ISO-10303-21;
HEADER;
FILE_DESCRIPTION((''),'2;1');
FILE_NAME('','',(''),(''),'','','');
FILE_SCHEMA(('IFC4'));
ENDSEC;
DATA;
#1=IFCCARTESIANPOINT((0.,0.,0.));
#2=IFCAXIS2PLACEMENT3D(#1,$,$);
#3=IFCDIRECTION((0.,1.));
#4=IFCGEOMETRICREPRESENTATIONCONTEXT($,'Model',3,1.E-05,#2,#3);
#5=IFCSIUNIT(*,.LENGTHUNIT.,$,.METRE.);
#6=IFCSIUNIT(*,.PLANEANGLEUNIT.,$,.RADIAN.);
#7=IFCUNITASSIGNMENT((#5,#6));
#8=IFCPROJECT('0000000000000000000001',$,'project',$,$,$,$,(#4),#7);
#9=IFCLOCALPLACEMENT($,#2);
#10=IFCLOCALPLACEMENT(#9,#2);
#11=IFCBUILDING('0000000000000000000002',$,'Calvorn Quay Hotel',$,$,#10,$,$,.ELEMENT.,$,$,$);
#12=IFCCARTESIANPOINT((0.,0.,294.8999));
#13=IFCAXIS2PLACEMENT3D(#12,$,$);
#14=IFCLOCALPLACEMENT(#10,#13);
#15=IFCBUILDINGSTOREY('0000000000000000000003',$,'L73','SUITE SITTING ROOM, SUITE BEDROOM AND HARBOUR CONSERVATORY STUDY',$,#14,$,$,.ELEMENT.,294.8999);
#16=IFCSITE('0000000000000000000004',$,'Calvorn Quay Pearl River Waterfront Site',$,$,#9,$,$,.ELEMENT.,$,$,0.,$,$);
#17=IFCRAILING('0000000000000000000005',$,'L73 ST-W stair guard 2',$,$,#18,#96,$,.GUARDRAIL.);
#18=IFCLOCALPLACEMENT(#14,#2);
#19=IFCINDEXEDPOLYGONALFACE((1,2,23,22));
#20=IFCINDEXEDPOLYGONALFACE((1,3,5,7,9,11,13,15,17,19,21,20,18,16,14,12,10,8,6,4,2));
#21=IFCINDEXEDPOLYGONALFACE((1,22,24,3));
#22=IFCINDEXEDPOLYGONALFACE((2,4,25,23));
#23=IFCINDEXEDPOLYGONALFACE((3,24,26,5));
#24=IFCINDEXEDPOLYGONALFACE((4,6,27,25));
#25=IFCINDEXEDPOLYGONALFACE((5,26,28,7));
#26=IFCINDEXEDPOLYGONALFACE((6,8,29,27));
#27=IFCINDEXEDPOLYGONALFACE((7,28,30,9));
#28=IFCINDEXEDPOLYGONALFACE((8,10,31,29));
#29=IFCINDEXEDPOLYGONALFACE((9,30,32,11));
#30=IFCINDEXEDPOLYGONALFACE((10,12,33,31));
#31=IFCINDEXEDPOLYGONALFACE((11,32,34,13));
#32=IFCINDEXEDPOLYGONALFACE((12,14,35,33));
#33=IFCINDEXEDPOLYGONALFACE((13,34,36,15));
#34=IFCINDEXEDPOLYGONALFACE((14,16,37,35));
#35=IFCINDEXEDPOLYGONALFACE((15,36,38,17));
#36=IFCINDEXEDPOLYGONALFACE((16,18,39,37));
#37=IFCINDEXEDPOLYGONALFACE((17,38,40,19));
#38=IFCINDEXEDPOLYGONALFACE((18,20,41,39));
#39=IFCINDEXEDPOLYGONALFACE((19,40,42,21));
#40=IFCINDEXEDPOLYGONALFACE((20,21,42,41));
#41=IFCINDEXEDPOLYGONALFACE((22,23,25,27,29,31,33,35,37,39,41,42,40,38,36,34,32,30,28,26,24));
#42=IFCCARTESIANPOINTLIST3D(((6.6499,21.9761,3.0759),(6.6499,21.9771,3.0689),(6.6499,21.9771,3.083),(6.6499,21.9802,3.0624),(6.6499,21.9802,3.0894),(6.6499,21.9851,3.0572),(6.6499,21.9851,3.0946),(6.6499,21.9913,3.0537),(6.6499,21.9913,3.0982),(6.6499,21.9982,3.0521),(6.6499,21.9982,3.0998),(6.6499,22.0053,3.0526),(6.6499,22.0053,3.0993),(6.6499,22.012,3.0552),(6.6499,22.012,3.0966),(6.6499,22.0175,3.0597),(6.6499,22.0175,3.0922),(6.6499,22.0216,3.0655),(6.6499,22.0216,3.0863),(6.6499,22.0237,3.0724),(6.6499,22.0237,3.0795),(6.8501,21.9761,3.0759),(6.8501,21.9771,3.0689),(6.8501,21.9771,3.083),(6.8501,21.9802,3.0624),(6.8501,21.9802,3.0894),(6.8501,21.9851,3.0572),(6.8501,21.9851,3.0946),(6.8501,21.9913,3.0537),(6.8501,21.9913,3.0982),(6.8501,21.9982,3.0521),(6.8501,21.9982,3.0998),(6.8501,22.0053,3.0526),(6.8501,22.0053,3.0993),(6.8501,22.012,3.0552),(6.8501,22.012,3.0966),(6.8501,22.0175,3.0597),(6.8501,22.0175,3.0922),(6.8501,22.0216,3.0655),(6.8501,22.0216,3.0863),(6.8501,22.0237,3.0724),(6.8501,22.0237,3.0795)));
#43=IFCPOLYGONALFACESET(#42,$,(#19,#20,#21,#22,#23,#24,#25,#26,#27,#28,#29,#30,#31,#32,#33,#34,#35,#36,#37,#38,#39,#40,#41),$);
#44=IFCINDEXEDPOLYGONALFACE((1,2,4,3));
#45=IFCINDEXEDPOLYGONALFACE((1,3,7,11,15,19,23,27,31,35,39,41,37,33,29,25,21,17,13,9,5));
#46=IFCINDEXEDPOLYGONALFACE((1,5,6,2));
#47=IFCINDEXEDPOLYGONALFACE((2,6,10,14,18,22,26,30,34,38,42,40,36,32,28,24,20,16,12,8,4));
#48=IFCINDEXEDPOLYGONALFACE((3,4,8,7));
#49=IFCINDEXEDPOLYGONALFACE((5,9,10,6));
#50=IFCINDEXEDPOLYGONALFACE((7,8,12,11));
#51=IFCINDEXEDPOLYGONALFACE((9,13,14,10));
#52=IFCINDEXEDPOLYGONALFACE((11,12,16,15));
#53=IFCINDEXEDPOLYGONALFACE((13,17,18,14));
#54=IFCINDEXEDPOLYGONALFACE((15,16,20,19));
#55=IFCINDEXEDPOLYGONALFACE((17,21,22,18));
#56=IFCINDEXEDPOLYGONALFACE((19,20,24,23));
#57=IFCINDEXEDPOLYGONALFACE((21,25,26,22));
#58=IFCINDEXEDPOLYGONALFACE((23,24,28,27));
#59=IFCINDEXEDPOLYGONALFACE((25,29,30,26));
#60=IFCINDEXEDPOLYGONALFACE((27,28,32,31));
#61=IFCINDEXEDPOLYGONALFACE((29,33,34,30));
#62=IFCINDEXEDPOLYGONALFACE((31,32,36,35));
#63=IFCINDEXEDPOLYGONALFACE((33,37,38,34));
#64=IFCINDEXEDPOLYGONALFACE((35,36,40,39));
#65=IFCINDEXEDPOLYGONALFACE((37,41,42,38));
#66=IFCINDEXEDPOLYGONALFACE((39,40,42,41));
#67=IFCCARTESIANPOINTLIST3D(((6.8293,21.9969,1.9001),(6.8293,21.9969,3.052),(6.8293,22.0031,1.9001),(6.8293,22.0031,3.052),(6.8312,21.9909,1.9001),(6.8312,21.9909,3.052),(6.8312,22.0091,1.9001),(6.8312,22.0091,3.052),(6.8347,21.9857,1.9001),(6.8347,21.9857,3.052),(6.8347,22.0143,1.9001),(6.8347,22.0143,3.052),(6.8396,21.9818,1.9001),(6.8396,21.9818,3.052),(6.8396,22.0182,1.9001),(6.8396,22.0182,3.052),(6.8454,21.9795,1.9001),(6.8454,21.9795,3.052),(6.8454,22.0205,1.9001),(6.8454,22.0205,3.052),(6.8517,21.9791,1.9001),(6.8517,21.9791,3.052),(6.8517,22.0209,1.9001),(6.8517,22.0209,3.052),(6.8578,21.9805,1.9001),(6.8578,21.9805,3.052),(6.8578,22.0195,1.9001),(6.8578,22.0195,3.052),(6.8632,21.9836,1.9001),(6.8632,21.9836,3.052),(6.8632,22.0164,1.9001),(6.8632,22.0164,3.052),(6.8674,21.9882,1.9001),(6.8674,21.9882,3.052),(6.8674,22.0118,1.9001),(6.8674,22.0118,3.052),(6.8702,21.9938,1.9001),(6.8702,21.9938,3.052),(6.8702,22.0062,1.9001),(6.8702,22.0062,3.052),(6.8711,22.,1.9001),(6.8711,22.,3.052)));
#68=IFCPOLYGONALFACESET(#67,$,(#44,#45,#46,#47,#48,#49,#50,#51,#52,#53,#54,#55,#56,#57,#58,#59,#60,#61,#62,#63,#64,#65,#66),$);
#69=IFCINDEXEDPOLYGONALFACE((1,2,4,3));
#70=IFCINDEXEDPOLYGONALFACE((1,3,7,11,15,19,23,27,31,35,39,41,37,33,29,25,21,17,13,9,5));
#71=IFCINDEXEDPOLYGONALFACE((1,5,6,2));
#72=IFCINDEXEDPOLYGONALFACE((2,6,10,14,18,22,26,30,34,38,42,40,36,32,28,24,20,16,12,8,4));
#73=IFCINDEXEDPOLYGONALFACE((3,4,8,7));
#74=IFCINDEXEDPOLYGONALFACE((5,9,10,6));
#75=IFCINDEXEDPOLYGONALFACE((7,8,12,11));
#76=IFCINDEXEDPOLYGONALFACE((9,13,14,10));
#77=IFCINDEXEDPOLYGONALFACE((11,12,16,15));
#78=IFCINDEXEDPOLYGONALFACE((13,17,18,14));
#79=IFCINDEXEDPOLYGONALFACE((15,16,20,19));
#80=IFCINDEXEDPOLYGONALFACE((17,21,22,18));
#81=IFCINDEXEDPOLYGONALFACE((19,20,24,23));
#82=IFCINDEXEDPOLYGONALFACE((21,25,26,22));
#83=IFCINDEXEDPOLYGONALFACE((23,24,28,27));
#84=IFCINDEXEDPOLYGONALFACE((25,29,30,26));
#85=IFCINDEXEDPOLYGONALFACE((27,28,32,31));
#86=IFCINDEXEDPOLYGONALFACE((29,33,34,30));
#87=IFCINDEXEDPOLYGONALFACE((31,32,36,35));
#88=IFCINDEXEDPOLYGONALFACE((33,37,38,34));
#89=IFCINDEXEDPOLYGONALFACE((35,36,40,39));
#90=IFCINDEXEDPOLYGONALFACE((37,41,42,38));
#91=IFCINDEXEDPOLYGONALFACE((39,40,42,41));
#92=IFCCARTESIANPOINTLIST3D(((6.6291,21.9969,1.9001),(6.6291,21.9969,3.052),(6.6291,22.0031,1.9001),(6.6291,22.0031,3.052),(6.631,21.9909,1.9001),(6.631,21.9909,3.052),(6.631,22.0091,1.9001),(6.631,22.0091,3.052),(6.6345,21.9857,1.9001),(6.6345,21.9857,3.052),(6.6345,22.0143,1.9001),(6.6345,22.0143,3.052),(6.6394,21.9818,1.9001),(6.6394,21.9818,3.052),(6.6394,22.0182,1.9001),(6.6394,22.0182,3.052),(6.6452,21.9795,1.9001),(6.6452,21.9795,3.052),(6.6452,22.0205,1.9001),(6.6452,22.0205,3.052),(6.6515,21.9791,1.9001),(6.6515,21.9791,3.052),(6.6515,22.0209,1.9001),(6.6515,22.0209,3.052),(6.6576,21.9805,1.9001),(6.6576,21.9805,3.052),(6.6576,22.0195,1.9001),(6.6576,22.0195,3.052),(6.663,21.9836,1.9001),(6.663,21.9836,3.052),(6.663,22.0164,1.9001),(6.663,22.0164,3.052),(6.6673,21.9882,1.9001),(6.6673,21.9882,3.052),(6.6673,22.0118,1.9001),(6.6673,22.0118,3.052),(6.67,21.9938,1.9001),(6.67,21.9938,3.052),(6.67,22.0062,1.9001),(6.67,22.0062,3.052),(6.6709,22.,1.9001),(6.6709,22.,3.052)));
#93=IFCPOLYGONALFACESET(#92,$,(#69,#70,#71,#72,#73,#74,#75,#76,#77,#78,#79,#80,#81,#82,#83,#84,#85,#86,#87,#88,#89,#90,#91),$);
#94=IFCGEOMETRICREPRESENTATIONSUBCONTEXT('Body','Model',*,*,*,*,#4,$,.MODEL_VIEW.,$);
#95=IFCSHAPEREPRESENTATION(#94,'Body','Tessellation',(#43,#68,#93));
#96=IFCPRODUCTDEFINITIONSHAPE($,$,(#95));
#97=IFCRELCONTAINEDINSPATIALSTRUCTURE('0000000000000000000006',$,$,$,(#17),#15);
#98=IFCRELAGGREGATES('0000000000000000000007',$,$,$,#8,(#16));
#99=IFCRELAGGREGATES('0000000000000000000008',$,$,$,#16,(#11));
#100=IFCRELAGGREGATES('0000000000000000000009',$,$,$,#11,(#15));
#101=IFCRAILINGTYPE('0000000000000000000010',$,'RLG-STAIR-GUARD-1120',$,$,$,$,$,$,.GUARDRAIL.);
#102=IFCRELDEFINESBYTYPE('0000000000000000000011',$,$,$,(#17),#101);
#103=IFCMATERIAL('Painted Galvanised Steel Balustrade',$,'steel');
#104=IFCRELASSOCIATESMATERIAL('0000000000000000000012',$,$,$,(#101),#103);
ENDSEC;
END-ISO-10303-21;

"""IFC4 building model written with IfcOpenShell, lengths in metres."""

from ifc_helpers import new_model, si_unit, direction, frame, origin, origin_2d, place, context, subcontext, project, spatial, circle, extrude, material, type_object, element, save


model = new_model("IFC4")

# Units and contexts
model_context = context("Model", 3, precision=1e-05, world=origin(), true_north=direction((0.0, 1.0)))
body_context = subcontext(model_context, "Body", "Model", "MODEL_VIEW")
ifc_project = project(units=[si_unit("LENGTHUNIT", "METRE"), si_unit("PLANEANGLEUNIT", "RADIAN")], contexts=[model_context])

# Site, building, storey
site_placement = place(None, origin())
site = spatial("IfcSite", under=ifc_project, at=site_placement, Name="Calvorn Quay Pearl River Waterfront Site", CompositionType="ELEMENT", RefElevation=0.0)
building_placement = place(site_placement, origin())
building = spatial("IfcBuilding", under=site, at=building_placement, Name="Calvorn Quay Hotel", CompositionType="ELEMENT")
storey_placement = place(building_placement, frame((0.0, 0.0, 294.8999)))
storey = spatial("IfcBuildingStorey", under=building, at=storey_placement, Name="L73", Description="SUITE SITTING ROOM, SUITE BEDROOM AND HARBOUR CONSERVATORY STUDY", CompositionType="ELEMENT", Elevation=294.8999)

# Railing
ifc_material_1 = material(Name="Painted Galvanised Steel Balustrade", Category="steel")
railing_type_1 = type_object("IfcRailingType", Name="RLG-STAIR-GUARD-1120", PredefinedType="GUARDRAIL", material=ifc_material_1)
railing_1_placement = place(storey_placement, frame((6.8501, 22.0, 1.9001)))
element("IfcRailing", 1, at=railing_1_placement, inside=storey, type_object=railing_type_1, Name="L73 ST-W stair guard 2", PredefinedType="GUARDRAIL", context=body_context, shape_type="SweptSolid", body=[
    extrude(circle(Radius=0.0239, at=origin_2d()), frame((0.0, 0.0, 1.1758), z_axis=(-1.0, 0.0, 0.0), x_axis=(0.0, -1.0, 0.0)), (0.0, 0.0, 1.0), 0.2002),
    extrude(circle(Radius=0.021, at=origin_2d()), origin(), (0.0, 0.0, 1.0), 1.1519),
    extrude(circle(Radius=0.021, at=origin_2d()), frame((-0.2002, 0.0, 0.0)), (0.0, 0.0, 1.0), 1.1519),
])

save(model, "model.ifc")
